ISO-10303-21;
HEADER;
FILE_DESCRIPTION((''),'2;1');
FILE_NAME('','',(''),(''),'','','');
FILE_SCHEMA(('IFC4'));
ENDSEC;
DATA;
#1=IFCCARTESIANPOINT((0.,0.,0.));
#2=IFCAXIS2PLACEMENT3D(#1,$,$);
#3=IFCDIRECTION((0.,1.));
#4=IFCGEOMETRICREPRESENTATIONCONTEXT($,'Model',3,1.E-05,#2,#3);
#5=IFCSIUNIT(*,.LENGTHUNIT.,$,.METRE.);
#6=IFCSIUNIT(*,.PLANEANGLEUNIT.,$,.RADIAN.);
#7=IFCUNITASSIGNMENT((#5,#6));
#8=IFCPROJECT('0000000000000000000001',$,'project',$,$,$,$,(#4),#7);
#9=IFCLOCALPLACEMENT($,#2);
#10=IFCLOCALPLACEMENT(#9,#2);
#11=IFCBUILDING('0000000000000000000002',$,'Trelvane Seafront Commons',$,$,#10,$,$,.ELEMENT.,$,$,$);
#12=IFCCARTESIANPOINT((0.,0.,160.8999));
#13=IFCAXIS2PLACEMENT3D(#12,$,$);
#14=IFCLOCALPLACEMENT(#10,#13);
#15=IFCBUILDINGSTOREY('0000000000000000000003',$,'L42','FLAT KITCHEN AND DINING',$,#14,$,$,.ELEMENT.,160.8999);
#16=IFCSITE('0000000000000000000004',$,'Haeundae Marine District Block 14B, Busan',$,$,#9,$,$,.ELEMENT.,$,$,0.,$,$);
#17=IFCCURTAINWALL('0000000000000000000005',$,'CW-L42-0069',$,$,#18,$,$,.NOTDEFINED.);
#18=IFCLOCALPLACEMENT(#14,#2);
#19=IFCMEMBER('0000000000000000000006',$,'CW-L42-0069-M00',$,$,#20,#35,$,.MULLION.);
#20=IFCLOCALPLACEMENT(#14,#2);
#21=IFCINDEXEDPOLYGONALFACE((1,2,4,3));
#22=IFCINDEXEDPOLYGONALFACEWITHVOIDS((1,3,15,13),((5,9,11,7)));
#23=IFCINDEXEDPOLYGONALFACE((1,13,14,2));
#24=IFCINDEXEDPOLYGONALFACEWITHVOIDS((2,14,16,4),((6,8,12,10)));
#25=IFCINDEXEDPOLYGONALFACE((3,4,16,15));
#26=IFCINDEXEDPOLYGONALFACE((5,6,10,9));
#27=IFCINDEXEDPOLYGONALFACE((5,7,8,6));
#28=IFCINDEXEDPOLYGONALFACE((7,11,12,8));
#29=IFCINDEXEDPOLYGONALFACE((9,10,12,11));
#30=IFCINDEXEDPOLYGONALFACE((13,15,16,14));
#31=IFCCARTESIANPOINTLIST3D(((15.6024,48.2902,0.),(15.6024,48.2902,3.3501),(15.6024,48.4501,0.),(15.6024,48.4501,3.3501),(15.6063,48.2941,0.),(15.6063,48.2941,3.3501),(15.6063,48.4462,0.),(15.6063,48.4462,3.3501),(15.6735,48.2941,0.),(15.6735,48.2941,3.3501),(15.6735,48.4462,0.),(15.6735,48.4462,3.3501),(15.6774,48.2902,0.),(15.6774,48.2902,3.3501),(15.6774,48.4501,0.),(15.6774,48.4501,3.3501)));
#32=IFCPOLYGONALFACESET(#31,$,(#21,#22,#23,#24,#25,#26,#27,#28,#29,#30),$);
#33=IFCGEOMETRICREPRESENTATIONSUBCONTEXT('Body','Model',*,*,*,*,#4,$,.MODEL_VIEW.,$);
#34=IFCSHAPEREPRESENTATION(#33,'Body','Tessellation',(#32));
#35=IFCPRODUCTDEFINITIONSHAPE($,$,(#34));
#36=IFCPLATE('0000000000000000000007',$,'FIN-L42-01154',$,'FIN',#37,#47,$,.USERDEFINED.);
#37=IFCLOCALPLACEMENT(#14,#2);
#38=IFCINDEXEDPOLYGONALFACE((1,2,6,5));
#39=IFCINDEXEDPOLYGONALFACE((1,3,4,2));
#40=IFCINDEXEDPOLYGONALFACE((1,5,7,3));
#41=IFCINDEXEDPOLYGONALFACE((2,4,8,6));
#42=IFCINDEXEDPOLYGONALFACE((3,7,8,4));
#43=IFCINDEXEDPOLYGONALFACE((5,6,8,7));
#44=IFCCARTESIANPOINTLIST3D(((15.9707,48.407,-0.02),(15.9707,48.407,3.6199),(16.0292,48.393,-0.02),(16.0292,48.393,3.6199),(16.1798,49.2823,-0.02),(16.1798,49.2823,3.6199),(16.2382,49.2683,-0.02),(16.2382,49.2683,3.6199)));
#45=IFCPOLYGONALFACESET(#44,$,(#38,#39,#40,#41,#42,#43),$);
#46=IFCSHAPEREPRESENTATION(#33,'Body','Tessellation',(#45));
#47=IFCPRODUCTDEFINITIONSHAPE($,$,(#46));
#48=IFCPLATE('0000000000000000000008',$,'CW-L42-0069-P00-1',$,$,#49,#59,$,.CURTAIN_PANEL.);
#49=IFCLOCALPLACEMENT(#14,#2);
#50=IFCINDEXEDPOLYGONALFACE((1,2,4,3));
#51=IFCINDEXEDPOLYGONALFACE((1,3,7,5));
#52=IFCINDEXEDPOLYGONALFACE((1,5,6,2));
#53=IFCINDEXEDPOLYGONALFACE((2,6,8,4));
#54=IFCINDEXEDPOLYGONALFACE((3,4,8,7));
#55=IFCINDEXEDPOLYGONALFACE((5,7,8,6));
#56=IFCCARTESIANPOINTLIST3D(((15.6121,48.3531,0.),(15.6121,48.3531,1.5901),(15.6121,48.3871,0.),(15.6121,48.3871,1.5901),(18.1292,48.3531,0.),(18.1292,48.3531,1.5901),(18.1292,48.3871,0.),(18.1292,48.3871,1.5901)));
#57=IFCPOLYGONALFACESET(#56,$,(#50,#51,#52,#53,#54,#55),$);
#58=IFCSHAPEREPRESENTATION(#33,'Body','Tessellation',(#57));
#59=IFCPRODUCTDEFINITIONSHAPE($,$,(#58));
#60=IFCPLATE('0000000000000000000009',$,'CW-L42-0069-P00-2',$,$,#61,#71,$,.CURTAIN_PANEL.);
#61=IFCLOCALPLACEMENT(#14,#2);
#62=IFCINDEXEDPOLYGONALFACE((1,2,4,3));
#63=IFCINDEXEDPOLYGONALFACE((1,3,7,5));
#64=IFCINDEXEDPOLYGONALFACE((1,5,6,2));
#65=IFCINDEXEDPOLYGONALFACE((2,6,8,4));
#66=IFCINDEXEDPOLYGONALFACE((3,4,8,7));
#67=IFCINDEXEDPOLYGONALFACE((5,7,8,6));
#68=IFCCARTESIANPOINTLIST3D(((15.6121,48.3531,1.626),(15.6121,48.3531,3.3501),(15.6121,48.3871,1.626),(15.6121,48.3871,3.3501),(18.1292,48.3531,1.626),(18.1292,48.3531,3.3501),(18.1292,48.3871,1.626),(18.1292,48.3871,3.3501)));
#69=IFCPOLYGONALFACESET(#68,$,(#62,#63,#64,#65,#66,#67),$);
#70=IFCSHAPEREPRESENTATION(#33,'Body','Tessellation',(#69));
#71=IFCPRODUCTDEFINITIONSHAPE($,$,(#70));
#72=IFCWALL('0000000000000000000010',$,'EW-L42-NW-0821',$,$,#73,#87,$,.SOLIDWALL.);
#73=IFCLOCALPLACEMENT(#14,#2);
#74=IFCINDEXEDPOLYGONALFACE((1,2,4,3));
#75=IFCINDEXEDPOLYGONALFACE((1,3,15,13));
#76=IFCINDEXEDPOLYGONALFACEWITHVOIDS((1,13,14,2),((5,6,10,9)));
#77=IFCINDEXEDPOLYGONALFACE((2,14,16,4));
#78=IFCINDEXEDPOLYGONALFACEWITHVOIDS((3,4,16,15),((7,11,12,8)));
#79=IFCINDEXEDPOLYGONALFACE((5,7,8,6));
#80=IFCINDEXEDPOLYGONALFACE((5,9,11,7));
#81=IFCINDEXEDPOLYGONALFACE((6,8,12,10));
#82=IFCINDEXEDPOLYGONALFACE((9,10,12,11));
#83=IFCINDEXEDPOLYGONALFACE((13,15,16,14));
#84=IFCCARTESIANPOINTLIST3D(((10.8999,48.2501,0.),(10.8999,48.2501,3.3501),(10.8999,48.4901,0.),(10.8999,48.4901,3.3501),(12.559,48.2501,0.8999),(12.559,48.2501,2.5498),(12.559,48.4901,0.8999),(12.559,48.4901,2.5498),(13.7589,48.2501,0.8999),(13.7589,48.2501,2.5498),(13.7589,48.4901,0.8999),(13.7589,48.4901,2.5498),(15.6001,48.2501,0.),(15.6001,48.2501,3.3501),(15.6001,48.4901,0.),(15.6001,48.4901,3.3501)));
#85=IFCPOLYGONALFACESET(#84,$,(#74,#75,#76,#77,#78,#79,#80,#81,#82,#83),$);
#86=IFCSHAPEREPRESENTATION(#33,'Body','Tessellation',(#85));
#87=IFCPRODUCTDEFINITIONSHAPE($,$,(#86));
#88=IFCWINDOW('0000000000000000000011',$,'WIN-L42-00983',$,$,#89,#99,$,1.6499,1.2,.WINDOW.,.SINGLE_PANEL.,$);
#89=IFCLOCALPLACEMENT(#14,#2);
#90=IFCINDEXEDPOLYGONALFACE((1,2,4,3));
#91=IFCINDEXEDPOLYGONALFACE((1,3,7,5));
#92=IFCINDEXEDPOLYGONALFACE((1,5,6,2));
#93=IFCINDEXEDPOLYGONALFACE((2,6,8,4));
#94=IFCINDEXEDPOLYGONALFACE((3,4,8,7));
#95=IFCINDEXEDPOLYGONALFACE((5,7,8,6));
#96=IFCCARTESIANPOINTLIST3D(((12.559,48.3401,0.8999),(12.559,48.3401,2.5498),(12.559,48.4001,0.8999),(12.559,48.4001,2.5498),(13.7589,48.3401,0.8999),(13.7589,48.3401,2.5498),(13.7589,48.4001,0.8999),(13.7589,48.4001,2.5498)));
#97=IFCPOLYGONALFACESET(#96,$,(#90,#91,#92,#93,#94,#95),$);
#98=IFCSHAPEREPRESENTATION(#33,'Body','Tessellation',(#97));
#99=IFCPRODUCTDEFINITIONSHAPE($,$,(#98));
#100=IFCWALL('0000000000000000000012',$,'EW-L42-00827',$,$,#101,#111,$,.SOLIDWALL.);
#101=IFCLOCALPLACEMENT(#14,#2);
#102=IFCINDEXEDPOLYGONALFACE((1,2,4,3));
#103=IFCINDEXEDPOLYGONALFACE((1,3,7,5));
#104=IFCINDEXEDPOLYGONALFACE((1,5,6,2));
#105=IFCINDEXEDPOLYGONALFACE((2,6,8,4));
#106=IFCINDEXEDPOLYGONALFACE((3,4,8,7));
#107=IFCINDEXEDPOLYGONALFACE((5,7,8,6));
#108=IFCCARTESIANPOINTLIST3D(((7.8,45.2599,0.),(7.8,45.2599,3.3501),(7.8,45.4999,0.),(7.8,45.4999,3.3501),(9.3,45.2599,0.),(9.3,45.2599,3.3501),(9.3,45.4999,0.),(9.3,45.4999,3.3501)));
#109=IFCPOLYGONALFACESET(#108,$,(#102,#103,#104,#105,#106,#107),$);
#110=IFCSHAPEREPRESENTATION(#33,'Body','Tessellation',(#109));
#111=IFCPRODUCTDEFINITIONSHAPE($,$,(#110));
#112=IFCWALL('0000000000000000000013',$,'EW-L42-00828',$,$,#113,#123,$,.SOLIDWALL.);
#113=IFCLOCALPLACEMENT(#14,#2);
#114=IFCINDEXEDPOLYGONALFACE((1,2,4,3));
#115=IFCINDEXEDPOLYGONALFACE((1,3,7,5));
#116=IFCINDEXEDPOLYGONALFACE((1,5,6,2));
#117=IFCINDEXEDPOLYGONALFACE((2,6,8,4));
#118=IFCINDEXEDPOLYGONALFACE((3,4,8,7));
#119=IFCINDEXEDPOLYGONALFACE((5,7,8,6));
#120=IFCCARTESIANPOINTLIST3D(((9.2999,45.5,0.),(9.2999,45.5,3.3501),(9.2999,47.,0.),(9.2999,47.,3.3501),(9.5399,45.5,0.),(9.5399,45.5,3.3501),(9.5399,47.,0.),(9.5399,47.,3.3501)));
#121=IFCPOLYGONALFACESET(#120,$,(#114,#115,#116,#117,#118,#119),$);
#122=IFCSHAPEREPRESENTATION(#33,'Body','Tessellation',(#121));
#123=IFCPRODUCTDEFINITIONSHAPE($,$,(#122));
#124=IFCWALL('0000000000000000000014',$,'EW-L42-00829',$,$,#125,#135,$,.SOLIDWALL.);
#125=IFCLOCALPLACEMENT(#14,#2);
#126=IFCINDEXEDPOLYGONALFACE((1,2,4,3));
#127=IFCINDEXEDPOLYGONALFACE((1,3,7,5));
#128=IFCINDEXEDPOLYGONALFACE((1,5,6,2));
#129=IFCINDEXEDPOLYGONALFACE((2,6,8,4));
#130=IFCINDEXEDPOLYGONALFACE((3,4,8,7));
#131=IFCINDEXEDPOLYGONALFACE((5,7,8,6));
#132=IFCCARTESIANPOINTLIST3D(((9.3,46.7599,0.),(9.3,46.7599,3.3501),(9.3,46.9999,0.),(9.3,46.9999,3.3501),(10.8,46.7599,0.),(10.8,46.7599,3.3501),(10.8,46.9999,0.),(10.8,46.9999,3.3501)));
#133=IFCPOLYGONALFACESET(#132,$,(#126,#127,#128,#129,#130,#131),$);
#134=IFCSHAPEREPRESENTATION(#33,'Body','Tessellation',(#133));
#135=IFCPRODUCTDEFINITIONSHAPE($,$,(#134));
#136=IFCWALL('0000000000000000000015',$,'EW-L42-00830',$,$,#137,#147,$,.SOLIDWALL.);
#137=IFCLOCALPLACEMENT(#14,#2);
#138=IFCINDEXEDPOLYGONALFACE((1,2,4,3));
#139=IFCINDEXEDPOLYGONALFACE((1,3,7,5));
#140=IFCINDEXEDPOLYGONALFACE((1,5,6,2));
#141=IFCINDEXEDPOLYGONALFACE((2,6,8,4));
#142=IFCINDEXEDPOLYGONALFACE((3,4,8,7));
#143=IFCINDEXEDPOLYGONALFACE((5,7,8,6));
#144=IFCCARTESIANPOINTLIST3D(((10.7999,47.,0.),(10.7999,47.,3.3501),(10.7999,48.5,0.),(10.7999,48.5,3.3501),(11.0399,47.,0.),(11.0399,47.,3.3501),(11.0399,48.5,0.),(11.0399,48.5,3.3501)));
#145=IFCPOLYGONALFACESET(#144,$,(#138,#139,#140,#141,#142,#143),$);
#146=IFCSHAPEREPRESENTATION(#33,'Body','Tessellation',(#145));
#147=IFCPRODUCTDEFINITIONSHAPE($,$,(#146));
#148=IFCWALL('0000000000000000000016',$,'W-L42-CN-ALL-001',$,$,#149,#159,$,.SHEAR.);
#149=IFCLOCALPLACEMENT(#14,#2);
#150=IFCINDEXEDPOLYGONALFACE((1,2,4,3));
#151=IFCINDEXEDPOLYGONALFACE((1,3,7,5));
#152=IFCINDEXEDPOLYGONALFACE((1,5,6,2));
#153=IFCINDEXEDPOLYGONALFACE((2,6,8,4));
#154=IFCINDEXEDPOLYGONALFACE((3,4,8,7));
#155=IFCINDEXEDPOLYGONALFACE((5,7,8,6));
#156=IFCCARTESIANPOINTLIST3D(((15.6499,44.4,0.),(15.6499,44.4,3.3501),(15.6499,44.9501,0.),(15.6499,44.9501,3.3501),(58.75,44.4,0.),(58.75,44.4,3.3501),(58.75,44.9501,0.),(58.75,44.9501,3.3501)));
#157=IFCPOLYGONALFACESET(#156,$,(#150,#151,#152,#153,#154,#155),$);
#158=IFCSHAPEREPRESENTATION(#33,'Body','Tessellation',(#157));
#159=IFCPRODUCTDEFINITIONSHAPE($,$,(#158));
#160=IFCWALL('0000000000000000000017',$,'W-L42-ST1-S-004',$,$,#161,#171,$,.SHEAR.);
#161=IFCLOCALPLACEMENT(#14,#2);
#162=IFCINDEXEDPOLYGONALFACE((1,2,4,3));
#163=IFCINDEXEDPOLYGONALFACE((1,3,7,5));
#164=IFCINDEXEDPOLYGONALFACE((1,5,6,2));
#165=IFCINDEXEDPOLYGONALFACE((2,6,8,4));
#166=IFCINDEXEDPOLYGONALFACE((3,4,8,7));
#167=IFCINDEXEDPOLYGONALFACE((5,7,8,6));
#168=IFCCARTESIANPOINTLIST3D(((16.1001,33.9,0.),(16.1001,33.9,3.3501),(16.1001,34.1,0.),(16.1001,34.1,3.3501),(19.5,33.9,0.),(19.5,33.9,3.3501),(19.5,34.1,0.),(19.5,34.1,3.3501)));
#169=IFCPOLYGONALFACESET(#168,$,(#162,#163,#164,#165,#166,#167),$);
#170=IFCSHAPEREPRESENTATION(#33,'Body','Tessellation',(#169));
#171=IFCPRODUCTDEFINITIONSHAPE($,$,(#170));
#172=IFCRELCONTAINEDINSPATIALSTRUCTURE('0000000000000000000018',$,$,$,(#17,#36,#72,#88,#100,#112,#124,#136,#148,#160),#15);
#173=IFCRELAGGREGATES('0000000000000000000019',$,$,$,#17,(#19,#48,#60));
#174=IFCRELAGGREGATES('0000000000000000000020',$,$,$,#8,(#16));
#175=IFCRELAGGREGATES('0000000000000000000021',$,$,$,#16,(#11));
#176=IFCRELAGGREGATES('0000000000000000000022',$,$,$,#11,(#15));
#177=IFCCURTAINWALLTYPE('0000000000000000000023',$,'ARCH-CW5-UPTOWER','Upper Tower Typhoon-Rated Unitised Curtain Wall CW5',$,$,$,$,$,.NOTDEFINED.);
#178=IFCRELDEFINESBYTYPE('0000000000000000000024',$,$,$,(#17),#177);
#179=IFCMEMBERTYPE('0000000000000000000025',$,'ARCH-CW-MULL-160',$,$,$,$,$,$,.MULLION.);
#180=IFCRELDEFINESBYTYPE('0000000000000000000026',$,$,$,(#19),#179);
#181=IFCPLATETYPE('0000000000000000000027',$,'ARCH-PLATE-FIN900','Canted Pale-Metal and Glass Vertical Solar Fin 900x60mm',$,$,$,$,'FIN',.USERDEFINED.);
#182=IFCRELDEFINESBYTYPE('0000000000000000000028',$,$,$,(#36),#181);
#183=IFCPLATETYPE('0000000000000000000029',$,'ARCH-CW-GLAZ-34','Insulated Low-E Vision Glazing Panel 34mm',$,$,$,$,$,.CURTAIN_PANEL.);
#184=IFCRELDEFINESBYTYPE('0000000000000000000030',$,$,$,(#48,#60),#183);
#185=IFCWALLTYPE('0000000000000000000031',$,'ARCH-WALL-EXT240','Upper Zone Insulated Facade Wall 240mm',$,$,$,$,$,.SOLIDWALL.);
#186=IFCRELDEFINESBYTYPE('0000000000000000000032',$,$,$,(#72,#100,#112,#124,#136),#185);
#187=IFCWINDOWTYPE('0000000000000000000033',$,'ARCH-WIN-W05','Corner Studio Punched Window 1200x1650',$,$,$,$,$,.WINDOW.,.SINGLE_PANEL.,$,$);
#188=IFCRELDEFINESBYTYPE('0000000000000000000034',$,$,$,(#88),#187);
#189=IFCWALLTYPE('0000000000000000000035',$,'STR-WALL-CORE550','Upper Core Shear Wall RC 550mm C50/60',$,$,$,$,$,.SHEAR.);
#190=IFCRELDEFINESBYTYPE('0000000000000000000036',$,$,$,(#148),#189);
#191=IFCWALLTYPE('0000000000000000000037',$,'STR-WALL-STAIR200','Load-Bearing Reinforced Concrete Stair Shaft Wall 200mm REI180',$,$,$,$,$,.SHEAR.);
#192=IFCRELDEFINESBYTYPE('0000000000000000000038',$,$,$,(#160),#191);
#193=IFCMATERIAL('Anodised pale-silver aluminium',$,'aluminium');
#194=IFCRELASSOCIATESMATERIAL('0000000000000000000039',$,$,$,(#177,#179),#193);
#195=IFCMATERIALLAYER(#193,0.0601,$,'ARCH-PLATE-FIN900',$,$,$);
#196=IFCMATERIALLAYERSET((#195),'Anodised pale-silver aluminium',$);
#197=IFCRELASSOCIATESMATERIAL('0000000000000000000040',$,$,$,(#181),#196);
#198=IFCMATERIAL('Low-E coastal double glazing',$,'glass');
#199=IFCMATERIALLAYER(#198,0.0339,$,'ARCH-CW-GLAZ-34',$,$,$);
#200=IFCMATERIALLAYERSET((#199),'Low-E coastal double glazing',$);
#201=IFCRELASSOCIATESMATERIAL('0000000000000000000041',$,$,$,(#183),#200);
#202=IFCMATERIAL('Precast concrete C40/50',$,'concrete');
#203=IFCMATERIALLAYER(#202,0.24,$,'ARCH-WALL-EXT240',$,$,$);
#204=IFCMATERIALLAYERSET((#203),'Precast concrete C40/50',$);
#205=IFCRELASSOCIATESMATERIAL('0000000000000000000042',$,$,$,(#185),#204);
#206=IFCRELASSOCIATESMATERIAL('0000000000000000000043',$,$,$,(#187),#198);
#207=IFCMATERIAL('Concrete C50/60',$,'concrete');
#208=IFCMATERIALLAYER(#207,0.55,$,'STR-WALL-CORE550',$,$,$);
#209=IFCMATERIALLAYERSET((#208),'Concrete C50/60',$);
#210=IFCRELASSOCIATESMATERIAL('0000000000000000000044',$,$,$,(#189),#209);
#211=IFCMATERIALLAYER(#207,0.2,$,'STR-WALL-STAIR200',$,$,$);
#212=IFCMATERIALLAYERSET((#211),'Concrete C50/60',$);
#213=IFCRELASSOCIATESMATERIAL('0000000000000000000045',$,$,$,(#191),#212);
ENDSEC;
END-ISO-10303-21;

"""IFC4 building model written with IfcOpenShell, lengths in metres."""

from ifc_helpers import new_model, si_unit, direction, frame, frame_2d, origin, origin_2d, place, context, subcontext, project, spatial, rectangle, hollow_rectangle, extrude, source, transform, mapped, material, layer, layer_set, material_profile, profile_set, type_object, element, fill, aggregate, save


model = new_model("IFC4")

# Units and contexts
model_context = context("Model", 3, precision=1e-05, world=origin(), true_north=direction((0.0, 1.0)))
body_context = subcontext(model_context, "Body", "Model", "MODEL_VIEW")
ifc_project = project(units=[si_unit("LENGTHUNIT", "METRE"), si_unit("PLANEANGLEUNIT", "RADIAN")], contexts=[model_context])

# Site, building, storey
site_placement = place(None, origin())
site = spatial("IfcSite", under=ifc_project, at=site_placement, Name="Haeundae Marine District Block 14B, Busan", CompositionType="ELEMENT", RefElevation=0.0)
building_placement = place(site_placement, origin())
building = spatial("IfcBuilding", under=site, at=building_placement, Name="Trelvane Seafront Commons", CompositionType="ELEMENT")
storey_placement = place(building_placement, frame((0.0, 0.0, 160.8999)))
storey = spatial("IfcBuildingStorey", under=building, at=storey_placement, Name="L42", Description="FLAT KITCHEN AND DINING", CompositionType="ELEMENT", Elevation=160.8999)

# Shared definitions
ifc_material_1 = material(Name="Concrete C50/60", Category="concrete")

# Curtain wall, member
ifc_material_2 = material(Name="Anodised pale-silver aluminium", Category="aluminium")
curtain_wall_type = type_object("IfcCurtainWallType", Name="ARCH-CW5-UPTOWER", Description="Upper Tower Typhoon-Rated Unitised Curtain Wall CW5", PredefinedType="NOTDEFINED", material=ifc_material_2)
curtain_wall_placement = place(storey_placement, origin())
curtain_wall = element("IfcCurtainWall", 1, at=curtain_wall_placement, inside=storey, type_object=curtain_wall_type, Name="CW-L42-0069", PredefinedType="NOTDEFINED")
ifc_material_profile_1 = material_profile(ifc_material_2, hollow_rectangle(XDim=0.075, YDim=0.1599, WallThickness=0.0039, at=origin_2d()), Name="MULL-75x160x4")
ifc_profile_set_1 = profile_set([ifc_material_profile_1], Name="Anodised pale-silver aluminium")
member_type_1 = type_object("IfcMemberType", Name="ARCH-CW-MULL-160", PredefinedType="MULLION", material=ifc_profile_set_1)
shared_shape_1 = source(origin(), body_context, "Body", "SweptSolid", [
    extrude(hollow_rectangle(XDim=0.075, YDim=0.1599, WallThickness=0.0039, at=origin_2d()), origin(), (0.0, 0.0, 1.0), 3.3501),
])
member_1_placement = place(storey_placement, frame((15.6399, 48.3701, 0.0), z_axis=(0.0, 0.0, 1.0), x_axis=(1.0, 0.0, 0.0)))
member_1 = element("IfcMember", 2, at=member_1_placement, type_object=member_type_1, Name="CW-L42-0069-M00", PredefinedType="MULLION", context=body_context, shape_type="MappedRepresentation", body=[
    mapped(shared_shape_1, transform((0.0, 0.0, 0.0), x_axis=(1.0, 0.0, 0.0), y_axis=(0.0, 1.0, 0.0), z_axis=(0.0, 0.0, 1.0), scale=1.0)),
])

# Plates
ifc_layer_1 = layer(ifc_material_2, 0.0601, Name="ARCH-PLATE-FIN900")
ifc_layer_set_1 = layer_set([ifc_layer_1], Name="Anodised pale-silver aluminium")
plate_type_1 = type_object("IfcPlateType", Name="ARCH-PLATE-FIN900", Description="Canted Pale-Metal and Glass Vertical Solar Fin 900x60mm", ElementType="FIN", PredefinedType="USERDEFINED", material=ifc_layer_set_1)
shared_shape_2 = source(origin(), body_context, "Body", "SweptSolid", [
    extrude(rectangle(XDim=0.8999, YDim=0.0601, at=origin_2d()), origin(), (0.0, 0.0, 1.0), 3.6399),
])
plate_1_placement = place(storey_placement, frame((16.1045, 48.8376, -0.02), z_axis=(0.0, 0.0, 1.0), x_axis=(0.232327, 0.972638, 0.0)))
element("IfcPlate", 3, at=plate_1_placement, inside=storey, type_object=plate_type_1, Name="FIN-L42-01154", ObjectType="FIN", PredefinedType="USERDEFINED", context=body_context, shape_type="MappedRepresentation", body=[
    mapped(shared_shape_2, transform((0.0, 0.0, 0.0), x_axis=(1.0, 0.0, 0.0), y_axis=(0.0, 1.0, 0.0), z_axis=(0.0, 0.0, 1.0), scale=1.0)),
])
ifc_material_3 = material(Name="Low-E coastal double glazing", Category="glass")
ifc_layer_2 = layer(ifc_material_3, 0.0339, Name="ARCH-CW-GLAZ-34")
ifc_layer_set_2 = layer_set([ifc_layer_2], Name="Low-E coastal double glazing")
plate_type_2 = type_object("IfcPlateType", Name="ARCH-CW-GLAZ-34", Description="Insulated Low-E Vision Glazing Panel 34mm", PredefinedType="CURTAIN_PANEL", material=ifc_layer_set_2)
shared_shape_3 = source(origin(), body_context, "Body", "SweptSolid", [
    extrude(rectangle(XDim=2.5171, YDim=0.0339, at=origin_2d()), origin(), (0.0, 0.0, 1.0), 1.5901),
])
plate_2_placement = place(storey_placement, frame((16.8706, 48.3701, 0.0), z_axis=(0.0, 0.0, 1.0), x_axis=(1.0, 0.0, 0.0)))
plate_2 = element("IfcPlate", 4, at=plate_2_placement, type_object=plate_type_2, Name="CW-L42-0069-P00-1", PredefinedType="CURTAIN_PANEL", context=body_context, shape_type="MappedRepresentation", body=[
    mapped(shared_shape_3, transform((0.0, 0.0, 0.0), x_axis=(1.0, 0.0, 0.0), y_axis=(0.0, 1.0, 0.0), z_axis=(0.0, 0.0, 1.0), scale=1.0)),
])
shared_shape_4 = source(origin(), body_context, "Body", "SweptSolid", [
    extrude(rectangle(XDim=2.5171, YDim=0.0339, at=origin_2d()), origin(), (0.0, 0.0, 1.0), 1.7241),
])
plate_3_placement = place(storey_placement, frame((16.8706, 48.3701, 1.626), z_axis=(0.0, 0.0, 1.0), x_axis=(1.0, 0.0, 0.0)))
plate_3 = element("IfcPlate", 5, at=plate_3_placement, type_object=plate_type_2, Name="CW-L42-0069-P00-2", PredefinedType="CURTAIN_PANEL", context=body_context, shape_type="MappedRepresentation", body=[
    mapped(shared_shape_4, transform((0.0, 0.0, 0.0), x_axis=(1.0, 0.0, 0.0), y_axis=(0.0, 1.0, 0.0), z_axis=(0.0, 0.0, 1.0), scale=1.0)),
])
aggregate(curtain_wall, [member_1, plate_2, plate_3])

# Wall, opening, window
ifc_material_4 = material(Name="Precast concrete C40/50", Category="concrete")
ifc_layer_3 = layer(ifc_material_4, 0.24, Name="ARCH-WALL-EXT240")
ifc_layer_set_3 = layer_set([ifc_layer_3], Name="Precast concrete C40/50")
wall_type_1 = type_object("IfcWallType", Name="ARCH-WALL-EXT240", Description="Upper Zone Insulated Facade Wall 240mm", PredefinedType="SOLIDWALL", material=ifc_layer_set_3)
wall_1_placement = place(storey_placement, frame((10.8999, 48.3701, 0.0), z_axis=(0.0, 0.0, 1.0), x_axis=(1.0, 0.0, 0.0)))
wall_1 = element("IfcWall", 6, at=wall_1_placement, inside=storey, type_object=wall_type_1, Name="EW-L42-NW-0821", PredefinedType="SOLIDWALL", context=body_context, shape_type="SweptSolid", body=[
    extrude(rectangle(XDim=4.7002, YDim=0.24, at=frame_2d((2.3501, 0.0))), origin(), (0.0, 0.0, 1.0), 3.3501),
])
opening_1_placement = place(wall_1_placement, frame((1.6589, 0.0, 0.8999)))
opening_1 = element("IfcOpeningElement", 7, at=opening_1_placement, cuts=wall_1, PredefinedType="OPENING", context=body_context, shape_type="SweptSolid", body=[
    extrude(rectangle(XDim=1.2, YDim=1.6499, at=frame_2d((0.6001, 0.825))), frame((0.0, 0.1299, 0.0), z_axis=(0.0, -1.0, 0.0), x_axis=(1.0, 0.0, 0.0)), (0.0, 0.0, 1.0), 0.26),
])
window_type = type_object("IfcWindowType", Name="ARCH-WIN-W05", Description="Corner Studio Punched Window 1200x1650", PartitioningType="SINGLE_PANEL", PredefinedType="WINDOW", material=ifc_material_3)
shared_shape_5 = source(origin(), body_context, "Body", "SweptSolid", [
    extrude(rectangle(XDim=1.2, YDim=1.6499, at=frame_2d((0.6001, 0.825))), frame((0.0, 0.03, 0.0), z_axis=(0.0, -1.0, 0.0), x_axis=(1.0, 0.0, 0.0)), (0.0, 0.0, 1.0), 0.0601),
])
window_placement = place(opening_1_placement, origin())
window = element("IfcWindow", 8, at=window_placement, inside=storey, type_object=window_type, Name="WIN-L42-00983", OverallHeight=1.6499, OverallWidth=1.2, PartitioningType="SINGLE_PANEL", PredefinedType="WINDOW", context=body_context, shape_type="MappedRepresentation", body=[
    mapped(shared_shape_5, transform((0.0, 0.0, 0.0), x_axis=(1.0, 0.0, 0.0), y_axis=(0.0, 1.0, 0.0), z_axis=(0.0, 0.0, 1.0), scale=1.0)),
])
fill(opening_1, window)

# Walls
for number, where, z_axis, x_axis, name in (
    (9, (7.8, 45.3799, 0.0), (0.0, 0.0, 1.0), (1.0, 0.0, 0.0), "EW-L42-00827"),
    (10, (9.4199, 45.5, 0.0), (0.0, 0.0, 1.0), (0.0, 1.0, 0.0), "EW-L42-00828"),
    (11, (9.3, 46.8799, 0.0), (0.0, 0.0, 1.0), (1.0, 0.0, 0.0), "EW-L42-00829"),
    (12, (10.9199, 47.0, 0.0), (0.0, 0.0, 1.0), (0.0, 1.0, 0.0), "EW-L42-00830"),
):
    element("IfcWall", number, at=place(storey_placement, frame(where, z_axis=z_axis, x_axis=x_axis)), inside=storey, type_object=wall_type_1, Name=name, PredefinedType="SOLIDWALL", context=body_context, shape_type="SweptSolid", body=[
        extrude(rectangle(XDim=1.5, YDim=0.24, at=frame_2d((0.75, 0.0))), origin(), (0.0, 0.0, 1.0), 3.3501),
    ])

# Walls
ifc_layer_4 = layer(ifc_material_1, 0.55, Name="STR-WALL-CORE550")
ifc_layer_set_4 = layer_set([ifc_layer_4], Name="Concrete C50/60")
wall_type_2 = type_object("IfcWallType", Name="STR-WALL-CORE550", Description="Upper Core Shear Wall RC 550mm C50/60", PredefinedType="SHEAR", material=ifc_layer_set_4)
wall_2_placement = place(storey_placement, frame((15.6499, 44.675, 0.0), z_axis=(0.0, 0.0, 1.0), x_axis=(1.0, 0.0, 0.0)))
element("IfcWall", 13, at=wall_2_placement, inside=storey, type_object=wall_type_2, Name="W-L42-CN-ALL-001", PredefinedType="SHEAR", context=body_context, shape_type="SweptSolid", body=[
    extrude(rectangle(XDim=43.1001, YDim=0.55, at=frame_2d((21.55, 0.0))), origin(), (0.0, 0.0, 1.0), 3.3501),
])
ifc_layer_5 = layer(ifc_material_1, 0.2, Name="STR-WALL-STAIR200")
ifc_layer_set_5 = layer_set([ifc_layer_5], Name="Concrete C50/60")
wall_type_3 = type_object("IfcWallType", Name="STR-WALL-STAIR200", Description="Load-Bearing Reinforced Concrete Stair Shaft Wall 200mm REI180", PredefinedType="SHEAR", material=ifc_layer_set_5)
wall_3_placement = place(storey_placement, frame((16.1001, 34.0, 0.0), z_axis=(0.0, 0.0, 1.0), x_axis=(1.0, 0.0, 0.0)))
element("IfcWall", 14, at=wall_3_placement, inside=storey, type_object=wall_type_3, Name="W-L42-ST1-S-004", PredefinedType="SHEAR", context=body_context, shape_type="SweptSolid", body=[
    extrude(rectangle(XDim=3.3999, YDim=0.2, at=frame_2d((1.7, 0.0))), origin(), (0.0, 0.0, 1.0), 3.3501),
])

save(model, "model.ifc")
